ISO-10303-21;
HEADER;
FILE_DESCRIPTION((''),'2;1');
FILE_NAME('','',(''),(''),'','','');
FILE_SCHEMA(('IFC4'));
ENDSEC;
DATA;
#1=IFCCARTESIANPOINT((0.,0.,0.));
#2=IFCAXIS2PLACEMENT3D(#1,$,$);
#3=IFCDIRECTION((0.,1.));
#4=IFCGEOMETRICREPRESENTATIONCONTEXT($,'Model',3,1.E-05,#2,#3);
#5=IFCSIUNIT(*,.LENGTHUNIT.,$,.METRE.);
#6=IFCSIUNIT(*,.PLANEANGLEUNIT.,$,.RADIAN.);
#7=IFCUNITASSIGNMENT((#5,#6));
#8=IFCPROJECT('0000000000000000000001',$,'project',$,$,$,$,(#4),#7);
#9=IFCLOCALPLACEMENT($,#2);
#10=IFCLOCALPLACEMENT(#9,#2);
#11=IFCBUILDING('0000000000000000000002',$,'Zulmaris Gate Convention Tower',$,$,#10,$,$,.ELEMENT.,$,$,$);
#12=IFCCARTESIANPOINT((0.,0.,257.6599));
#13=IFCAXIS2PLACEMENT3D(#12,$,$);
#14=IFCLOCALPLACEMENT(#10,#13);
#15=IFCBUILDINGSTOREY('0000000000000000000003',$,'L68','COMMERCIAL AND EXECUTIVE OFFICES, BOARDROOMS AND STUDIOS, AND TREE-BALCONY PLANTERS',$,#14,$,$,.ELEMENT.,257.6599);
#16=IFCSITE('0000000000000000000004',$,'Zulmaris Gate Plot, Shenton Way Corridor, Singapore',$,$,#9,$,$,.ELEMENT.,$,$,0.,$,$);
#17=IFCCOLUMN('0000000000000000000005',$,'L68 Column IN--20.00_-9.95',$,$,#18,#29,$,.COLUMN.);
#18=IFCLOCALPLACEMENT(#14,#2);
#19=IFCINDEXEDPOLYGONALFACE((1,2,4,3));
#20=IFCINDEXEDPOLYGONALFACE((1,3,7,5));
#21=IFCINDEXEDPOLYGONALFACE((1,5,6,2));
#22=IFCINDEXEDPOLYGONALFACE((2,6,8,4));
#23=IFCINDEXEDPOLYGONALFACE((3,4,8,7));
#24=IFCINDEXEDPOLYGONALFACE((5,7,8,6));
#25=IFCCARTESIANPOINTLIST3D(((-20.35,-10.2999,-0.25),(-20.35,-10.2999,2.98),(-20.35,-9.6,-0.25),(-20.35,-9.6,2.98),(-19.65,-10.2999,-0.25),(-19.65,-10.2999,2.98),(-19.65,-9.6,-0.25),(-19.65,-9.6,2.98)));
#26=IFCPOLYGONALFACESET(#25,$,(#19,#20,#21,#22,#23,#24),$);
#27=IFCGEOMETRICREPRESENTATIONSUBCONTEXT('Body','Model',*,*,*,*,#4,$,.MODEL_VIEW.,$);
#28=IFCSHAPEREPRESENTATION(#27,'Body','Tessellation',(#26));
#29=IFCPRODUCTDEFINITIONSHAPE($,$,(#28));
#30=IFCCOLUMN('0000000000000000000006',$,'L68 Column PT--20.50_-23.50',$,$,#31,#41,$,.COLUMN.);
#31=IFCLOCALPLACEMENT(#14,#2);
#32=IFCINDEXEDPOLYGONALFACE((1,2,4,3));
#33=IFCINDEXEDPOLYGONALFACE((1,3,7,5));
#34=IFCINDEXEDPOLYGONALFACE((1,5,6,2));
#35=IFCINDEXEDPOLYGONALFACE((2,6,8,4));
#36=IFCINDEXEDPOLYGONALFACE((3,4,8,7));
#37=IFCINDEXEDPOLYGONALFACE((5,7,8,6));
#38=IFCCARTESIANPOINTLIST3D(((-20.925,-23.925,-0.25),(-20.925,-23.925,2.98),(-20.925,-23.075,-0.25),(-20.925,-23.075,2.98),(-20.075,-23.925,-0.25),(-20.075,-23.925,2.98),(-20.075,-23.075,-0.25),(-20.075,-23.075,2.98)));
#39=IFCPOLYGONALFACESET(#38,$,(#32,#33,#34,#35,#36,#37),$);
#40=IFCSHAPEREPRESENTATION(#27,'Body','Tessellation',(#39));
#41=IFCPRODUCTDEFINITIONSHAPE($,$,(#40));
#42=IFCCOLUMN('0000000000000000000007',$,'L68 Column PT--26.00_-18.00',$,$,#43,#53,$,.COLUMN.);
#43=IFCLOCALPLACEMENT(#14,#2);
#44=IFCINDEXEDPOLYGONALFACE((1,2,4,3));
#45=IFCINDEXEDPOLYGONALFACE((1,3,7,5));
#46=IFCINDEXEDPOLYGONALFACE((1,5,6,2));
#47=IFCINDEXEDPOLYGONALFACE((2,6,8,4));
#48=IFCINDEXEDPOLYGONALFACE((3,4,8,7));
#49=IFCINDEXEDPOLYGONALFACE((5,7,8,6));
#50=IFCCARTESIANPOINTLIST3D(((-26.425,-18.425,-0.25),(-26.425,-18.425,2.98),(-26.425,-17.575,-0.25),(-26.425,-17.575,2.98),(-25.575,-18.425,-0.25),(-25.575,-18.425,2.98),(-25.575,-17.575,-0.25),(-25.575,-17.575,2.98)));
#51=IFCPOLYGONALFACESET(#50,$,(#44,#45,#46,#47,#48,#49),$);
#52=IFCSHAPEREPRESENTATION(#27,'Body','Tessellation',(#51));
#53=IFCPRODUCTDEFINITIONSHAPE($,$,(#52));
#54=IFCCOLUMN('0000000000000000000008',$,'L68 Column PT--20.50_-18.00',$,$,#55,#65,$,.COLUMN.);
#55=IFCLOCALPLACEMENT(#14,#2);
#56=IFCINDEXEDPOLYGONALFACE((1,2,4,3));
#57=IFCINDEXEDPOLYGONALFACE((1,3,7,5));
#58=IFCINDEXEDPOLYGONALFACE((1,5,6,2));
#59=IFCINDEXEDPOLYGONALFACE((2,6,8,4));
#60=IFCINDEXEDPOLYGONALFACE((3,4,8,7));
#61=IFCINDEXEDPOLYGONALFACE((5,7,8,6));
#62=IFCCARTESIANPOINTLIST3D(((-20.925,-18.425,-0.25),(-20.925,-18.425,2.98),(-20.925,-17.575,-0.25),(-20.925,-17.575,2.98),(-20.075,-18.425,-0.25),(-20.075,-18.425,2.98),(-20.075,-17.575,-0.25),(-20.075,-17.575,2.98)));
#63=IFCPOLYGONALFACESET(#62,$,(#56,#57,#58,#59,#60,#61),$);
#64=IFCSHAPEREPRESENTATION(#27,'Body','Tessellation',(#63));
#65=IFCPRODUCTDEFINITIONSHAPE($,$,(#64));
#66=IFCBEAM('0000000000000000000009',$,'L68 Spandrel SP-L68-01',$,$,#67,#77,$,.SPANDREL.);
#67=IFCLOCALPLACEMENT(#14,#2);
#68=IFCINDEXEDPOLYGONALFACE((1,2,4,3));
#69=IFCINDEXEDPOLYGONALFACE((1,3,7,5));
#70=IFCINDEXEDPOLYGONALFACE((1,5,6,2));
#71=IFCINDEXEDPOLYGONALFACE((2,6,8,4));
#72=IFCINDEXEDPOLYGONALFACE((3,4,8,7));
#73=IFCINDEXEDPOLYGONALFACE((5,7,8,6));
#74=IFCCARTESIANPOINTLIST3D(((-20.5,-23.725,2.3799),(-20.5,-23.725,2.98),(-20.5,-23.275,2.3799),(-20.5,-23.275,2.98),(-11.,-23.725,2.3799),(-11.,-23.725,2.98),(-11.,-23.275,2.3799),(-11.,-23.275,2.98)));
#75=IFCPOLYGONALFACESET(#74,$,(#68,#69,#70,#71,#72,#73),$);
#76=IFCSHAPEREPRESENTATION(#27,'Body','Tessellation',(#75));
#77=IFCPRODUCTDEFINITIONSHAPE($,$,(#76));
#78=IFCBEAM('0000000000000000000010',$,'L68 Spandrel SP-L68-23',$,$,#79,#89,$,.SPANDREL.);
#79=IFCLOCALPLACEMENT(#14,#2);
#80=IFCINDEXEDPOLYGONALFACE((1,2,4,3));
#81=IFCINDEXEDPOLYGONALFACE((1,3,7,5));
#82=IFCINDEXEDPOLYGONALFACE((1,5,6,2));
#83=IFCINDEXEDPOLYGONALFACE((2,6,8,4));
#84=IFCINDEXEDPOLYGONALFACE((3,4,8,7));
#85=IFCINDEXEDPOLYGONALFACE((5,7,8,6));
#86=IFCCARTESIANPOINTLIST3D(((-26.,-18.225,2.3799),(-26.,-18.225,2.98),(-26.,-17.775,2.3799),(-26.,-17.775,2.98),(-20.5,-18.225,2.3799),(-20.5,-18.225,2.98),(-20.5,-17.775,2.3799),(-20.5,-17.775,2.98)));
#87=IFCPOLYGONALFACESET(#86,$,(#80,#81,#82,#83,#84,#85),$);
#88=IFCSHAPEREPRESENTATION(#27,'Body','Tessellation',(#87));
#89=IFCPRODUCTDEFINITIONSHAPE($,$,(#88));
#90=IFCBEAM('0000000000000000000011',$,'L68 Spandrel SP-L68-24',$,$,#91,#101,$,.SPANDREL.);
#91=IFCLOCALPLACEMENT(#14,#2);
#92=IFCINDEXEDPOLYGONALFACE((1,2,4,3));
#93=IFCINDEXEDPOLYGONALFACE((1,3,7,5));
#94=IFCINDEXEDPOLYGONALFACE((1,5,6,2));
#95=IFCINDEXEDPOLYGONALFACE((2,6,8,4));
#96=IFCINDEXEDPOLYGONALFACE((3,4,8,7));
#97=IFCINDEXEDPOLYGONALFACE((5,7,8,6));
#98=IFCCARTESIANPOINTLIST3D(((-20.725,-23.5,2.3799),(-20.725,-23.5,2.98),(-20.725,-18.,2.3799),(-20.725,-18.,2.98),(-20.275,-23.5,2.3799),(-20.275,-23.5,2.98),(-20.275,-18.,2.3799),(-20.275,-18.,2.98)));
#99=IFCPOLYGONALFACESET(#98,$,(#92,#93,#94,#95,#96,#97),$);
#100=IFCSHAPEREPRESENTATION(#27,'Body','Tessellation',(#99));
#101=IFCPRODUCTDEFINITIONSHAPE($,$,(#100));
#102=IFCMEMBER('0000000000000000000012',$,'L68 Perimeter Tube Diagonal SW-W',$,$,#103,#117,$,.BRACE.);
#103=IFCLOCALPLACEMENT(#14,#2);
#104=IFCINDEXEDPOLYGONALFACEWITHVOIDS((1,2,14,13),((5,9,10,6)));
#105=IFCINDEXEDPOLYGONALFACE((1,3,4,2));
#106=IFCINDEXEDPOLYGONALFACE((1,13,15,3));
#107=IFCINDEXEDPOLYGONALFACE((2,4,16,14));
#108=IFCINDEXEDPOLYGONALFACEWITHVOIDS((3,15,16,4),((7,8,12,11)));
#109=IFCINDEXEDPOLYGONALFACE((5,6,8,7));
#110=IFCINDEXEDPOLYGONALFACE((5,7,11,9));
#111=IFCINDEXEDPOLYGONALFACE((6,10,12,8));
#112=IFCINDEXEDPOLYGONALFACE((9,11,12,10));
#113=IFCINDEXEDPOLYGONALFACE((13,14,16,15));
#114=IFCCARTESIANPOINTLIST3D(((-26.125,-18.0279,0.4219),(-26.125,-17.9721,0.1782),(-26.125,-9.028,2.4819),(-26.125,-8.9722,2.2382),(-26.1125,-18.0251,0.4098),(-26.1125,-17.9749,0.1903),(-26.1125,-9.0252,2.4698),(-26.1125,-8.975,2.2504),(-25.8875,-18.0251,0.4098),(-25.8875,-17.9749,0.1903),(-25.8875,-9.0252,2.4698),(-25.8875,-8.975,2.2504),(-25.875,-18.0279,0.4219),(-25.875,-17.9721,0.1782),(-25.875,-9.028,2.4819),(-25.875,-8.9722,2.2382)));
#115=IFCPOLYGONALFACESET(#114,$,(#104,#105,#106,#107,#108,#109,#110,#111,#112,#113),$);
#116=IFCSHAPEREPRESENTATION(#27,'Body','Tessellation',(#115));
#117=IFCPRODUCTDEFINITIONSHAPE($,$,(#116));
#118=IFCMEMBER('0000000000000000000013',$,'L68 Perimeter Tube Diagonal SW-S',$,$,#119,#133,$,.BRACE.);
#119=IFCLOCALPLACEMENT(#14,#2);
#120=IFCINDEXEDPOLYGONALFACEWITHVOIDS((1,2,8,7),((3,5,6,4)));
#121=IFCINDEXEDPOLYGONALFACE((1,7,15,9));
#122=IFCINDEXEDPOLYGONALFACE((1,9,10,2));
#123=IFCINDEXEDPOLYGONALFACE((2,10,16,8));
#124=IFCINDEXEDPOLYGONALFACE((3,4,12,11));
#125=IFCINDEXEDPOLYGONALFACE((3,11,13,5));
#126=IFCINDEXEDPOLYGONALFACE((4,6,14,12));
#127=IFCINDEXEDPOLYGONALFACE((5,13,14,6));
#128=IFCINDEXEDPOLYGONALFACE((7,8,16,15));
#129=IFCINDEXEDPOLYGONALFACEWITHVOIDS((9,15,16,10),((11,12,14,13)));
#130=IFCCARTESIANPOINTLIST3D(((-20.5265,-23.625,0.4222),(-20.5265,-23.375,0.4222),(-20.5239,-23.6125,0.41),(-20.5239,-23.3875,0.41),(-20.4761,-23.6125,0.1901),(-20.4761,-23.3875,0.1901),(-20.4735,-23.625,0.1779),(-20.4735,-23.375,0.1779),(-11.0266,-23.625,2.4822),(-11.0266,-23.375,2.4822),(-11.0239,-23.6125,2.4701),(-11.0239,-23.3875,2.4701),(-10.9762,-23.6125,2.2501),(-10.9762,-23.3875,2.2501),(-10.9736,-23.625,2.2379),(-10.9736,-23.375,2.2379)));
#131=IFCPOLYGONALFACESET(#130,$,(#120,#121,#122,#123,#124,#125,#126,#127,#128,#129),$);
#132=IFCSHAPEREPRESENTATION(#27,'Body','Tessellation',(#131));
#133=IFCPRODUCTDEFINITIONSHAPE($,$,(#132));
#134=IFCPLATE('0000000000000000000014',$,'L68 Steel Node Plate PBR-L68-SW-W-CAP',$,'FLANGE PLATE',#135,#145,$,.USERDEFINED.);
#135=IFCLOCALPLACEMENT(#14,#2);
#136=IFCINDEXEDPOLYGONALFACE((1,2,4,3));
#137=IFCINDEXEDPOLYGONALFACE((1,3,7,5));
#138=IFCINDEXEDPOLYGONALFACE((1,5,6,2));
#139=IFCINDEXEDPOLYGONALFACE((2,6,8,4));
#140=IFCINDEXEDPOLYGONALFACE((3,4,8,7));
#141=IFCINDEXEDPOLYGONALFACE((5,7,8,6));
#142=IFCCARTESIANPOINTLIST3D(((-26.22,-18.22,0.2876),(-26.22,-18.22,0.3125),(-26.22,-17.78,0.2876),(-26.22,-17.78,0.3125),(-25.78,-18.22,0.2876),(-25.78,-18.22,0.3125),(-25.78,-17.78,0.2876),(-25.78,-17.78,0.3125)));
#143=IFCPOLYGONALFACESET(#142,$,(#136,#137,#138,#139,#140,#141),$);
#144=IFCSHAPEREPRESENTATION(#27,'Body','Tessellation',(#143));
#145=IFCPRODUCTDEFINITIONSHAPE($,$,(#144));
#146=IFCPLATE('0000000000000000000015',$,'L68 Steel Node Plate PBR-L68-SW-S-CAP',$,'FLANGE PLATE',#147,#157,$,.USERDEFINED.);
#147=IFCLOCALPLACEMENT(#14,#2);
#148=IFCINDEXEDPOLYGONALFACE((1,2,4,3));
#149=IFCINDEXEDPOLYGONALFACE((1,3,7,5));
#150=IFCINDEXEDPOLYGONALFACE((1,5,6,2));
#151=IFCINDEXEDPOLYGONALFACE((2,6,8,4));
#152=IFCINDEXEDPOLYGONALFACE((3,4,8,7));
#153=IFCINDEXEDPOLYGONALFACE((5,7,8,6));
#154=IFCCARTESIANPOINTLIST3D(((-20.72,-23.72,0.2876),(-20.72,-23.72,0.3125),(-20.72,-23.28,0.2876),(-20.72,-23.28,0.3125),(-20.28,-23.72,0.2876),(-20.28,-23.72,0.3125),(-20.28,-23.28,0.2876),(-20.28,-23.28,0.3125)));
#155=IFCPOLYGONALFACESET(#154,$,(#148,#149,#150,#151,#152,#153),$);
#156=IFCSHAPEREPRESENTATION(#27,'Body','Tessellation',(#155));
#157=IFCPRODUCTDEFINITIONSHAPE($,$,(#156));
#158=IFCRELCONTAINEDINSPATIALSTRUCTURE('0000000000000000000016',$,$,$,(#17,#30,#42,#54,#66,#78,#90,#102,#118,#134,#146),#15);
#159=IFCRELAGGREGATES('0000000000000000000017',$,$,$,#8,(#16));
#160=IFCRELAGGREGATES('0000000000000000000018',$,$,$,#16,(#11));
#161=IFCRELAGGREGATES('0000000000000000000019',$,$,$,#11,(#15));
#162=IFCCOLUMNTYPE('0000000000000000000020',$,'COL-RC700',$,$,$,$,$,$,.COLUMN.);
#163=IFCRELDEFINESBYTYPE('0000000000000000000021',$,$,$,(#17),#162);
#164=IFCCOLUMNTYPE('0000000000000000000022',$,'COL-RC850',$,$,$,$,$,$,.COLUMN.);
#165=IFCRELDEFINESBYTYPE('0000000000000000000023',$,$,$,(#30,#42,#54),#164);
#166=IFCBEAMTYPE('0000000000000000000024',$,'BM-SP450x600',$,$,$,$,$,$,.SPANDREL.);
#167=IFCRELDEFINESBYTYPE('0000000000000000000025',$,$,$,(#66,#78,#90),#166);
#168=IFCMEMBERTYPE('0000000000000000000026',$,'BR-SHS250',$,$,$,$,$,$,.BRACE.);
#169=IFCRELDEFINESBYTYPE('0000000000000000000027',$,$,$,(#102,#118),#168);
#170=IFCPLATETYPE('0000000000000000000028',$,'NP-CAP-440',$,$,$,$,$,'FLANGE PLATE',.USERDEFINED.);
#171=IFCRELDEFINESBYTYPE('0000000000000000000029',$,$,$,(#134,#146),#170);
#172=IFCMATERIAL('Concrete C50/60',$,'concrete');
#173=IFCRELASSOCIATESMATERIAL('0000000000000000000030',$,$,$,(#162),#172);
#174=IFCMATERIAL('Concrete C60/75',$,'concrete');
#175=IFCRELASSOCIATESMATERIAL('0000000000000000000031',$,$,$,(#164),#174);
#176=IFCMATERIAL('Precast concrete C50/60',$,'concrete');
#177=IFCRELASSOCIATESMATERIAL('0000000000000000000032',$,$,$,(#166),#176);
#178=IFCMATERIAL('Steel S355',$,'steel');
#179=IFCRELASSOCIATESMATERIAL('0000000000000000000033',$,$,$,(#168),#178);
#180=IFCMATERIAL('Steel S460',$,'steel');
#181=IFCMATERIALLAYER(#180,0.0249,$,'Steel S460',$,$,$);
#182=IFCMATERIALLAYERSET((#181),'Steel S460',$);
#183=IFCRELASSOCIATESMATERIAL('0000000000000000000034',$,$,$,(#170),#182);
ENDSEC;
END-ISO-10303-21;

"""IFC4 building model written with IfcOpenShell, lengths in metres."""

from ifc_helpers import new_model, si_unit, direction, frame, origin, origin_2d, place, context, subcontext, project, spatial, rectangle, hollow_rectangle, extrude, material, layer, layer_set, material_profile, profile_set, type_object, element, save


model = new_model("IFC4")

# Units and contexts
model_context = context("Model", 3, precision=1e-05, world=origin(), true_north=direction((0.0, 1.0)))
body_context = subcontext(model_context, "Body", "Model", "MODEL_VIEW")
ifc_project = project(units=[si_unit("LENGTHUNIT", "METRE"), si_unit("PLANEANGLEUNIT", "RADIAN")], contexts=[model_context])

# Site, building, storey
site_placement = place(None, origin())
site = spatial("IfcSite", under=ifc_project, at=site_placement, Name="Zulmaris Gate Plot, Shenton Way Corridor, Singapore", CompositionType="ELEMENT", RefElevation=0.0)
building_placement = place(site_placement, origin())
building = spatial("IfcBuilding", under=site, at=building_placement, Name="Zulmaris Gate Convention Tower", CompositionType="ELEMENT")
storey_placement = place(building_placement, frame((0.0, 0.0, 257.6599)))
storey = spatial("IfcBuildingStorey", under=building, at=storey_placement, Name="L68", Description="COMMERCIAL AND EXECUTIVE OFFICES, BOARDROOMS AND STUDIOS, AND TREE-BALCONY PLANTERS", CompositionType="ELEMENT", Elevation=257.6599)

# Columns
ifc_material_1 = material(Name="Concrete C50/60", Category="concrete")
ifc_material_profile_1 = material_profile(ifc_material_1, rectangle(XDim=0.7, YDim=0.7, at=origin_2d()), Name="RC COL 700x700")
ifc_profile_set_1 = profile_set([ifc_material_profile_1], Name="Concrete C50/60")
column_type_1 = type_object("IfcColumnType", Name="COL-RC700", PredefinedType="COLUMN", material=ifc_profile_set_1)
column_placement = place(storey_placement, frame((-20.0, -9.95, -0.25), z_axis=(0.0, 0.0, 1.0), x_axis=(1.0, 0.0, 0.0)))
element("IfcColumn", 1, at=column_placement, inside=storey, type_object=column_type_1, Name="L68 Column IN--20.00_-9.95", PredefinedType="COLUMN", context=body_context, shape_type="SweptSolid", body=[
    extrude(rectangle(XDim=0.7, YDim=0.7, at=origin_2d()), origin(), (0.0, 0.0, 1.0), 3.23),
])
ifc_material_2 = material(Name="Concrete C60/75", Category="concrete")
ifc_material_profile_2 = material_profile(ifc_material_2, rectangle(XDim=0.8501, YDim=0.8501, at=origin_2d()), Name="RC COL 850x850")
ifc_profile_set_2 = profile_set([ifc_material_profile_2], Name="Concrete C60/75")
column_type_2 = type_object("IfcColumnType", Name="COL-RC850", PredefinedType="COLUMN", material=ifc_profile_set_2)
for number, where, z_axis, x_axis, name in (
    (2, (-20.5, -23.5, -0.25), (0.0, 0.0, 1.0), (1.0, 0.0, 0.0), "L68 Column PT--20.50_-23.50"),
    (3, (-26.0, -18.0, -0.25), (0.0, 0.0, 1.0), (1.0, 0.0, 0.0), "L68 Column PT--26.00_-18.00"),
    (4, (-20.5, -18.0, -0.25), (0.0, 0.0, 1.0), (1.0, 0.0, 0.0), "L68 Column PT--20.50_-18.00"),
):
    element("IfcColumn", number, at=place(storey_placement, frame(where, z_axis=z_axis, x_axis=x_axis)), inside=storey, type_object=column_type_2, Name=name, PredefinedType="COLUMN", context=body_context, shape_type="SweptSolid", body=[
        extrude(rectangle(XDim=0.8501, YDim=0.8501, at=origin_2d()), origin(), (0.0, 0.0, 1.0), 3.23),
    ])

# Beams
ifc_material_3 = material(Name="Precast concrete C50/60", Category="concrete")
ifc_material_profile_3 = material_profile(ifc_material_3, rectangle(XDim=0.45, YDim=0.6001, at=origin_2d()), Name="RC SPANDREL 450x600")
ifc_profile_set_3 = profile_set([ifc_material_profile_3], Name="Precast concrete C50/60")
beam_type = type_object("IfcBeamType", Name="BM-SP450x600", PredefinedType="SPANDREL", material=ifc_profile_set_3)
beam_placement = place(storey_placement, frame((-20.5, -23.5, 2.6799), z_axis=(1.0, 0.0, 0.0), x_axis=(0.0, 1.0, 0.0)))
element("IfcBeam", 5, at=beam_placement, inside=storey, type_object=beam_type, Name="L68 Spandrel SP-L68-01", PredefinedType="SPANDREL", context=body_context, shape_type="SweptSolid", body=[
    extrude(rectangle(XDim=0.45, YDim=0.6001, at=origin_2d()), origin(), (0.0, 0.0, 1.0), 9.5),
])
for number, where, z_axis, x_axis, name in (
    (6, (-26.0, -18.0, 2.6799), (1.0, 0.0, 0.0), (0.0, 1.0, 0.0), "L68 Spandrel SP-L68-23"),
    (7, (-20.5, -18.0, 2.6799), (0.0, -1.0, 0.0), (1.0, 0.0, 0.0), "L68 Spandrel SP-L68-24"),
):
    element("IfcBeam", number, at=place(storey_placement, frame(where, z_axis=z_axis, x_axis=x_axis)), inside=storey, type_object=beam_type, Name=name, PredefinedType="SPANDREL", context=body_context, shape_type="SweptSolid", body=[
        extrude(rectangle(XDim=0.45, YDim=0.6001, at=origin_2d()), origin(), (0.0, 0.0, 1.0), 5.5),
    ])

# Members
ifc_material_4 = material(Name="Steel S355", Category="steel")
ifc_material_profile_4 = material_profile(ifc_material_4, hollow_rectangle(XDim=0.25, YDim=0.25, WallThickness=0.0125, at=origin_2d()), Name="SHS 250x250x12.5")
ifc_profile_set_4 = profile_set([ifc_material_profile_4], Name="Steel S355")
member_type = type_object("IfcMemberType", Name="BR-SHS250", PredefinedType="BRACE", material=ifc_profile_set_4)
member_1_placement = place(storey_placement, frame((-26.0, -18.0, 0.3), z_axis=(0.0, 0.97479, 0.223125), x_axis=(-1.0, 0.0, 0.0)))
element("IfcMember", 8, at=member_1_placement, inside=storey, type_object=member_type, Name="L68 Perimeter Tube Diagonal SW-W", PredefinedType="BRACE", context=body_context, shape_type="SweptSolid", body=[
    extrude(hollow_rectangle(XDim=0.25, YDim=0.25, WallThickness=0.0125, at=origin_2d()), origin(), (0.0, 0.0, 1.0), 9.2327),
])
member_2_placement = place(storey_placement, frame((-20.5, -23.5, 0.3), z_axis=(0.977286, 0.0, 0.211923), x_axis=(0.0, 1.0, 0.0)))
element("IfcMember", 9, at=member_2_placement, inside=storey, type_object=member_type, Name="L68 Perimeter Tube Diagonal SW-S", PredefinedType="BRACE", context=body_context, shape_type="SweptSolid", body=[
    extrude(hollow_rectangle(XDim=0.25, YDim=0.25, WallThickness=0.0125, at=origin_2d()), origin(), (0.0, 0.0, 1.0), 9.7207),
])

# Plates
ifc_material_5 = material(Name="Steel S460", Category="steel")
ifc_layer_1 = layer(ifc_material_5, 0.0249, Name="Steel S460")
ifc_layer_set_1 = layer_set([ifc_layer_1], Name="Steel S460")
plate_type = type_object("IfcPlateType", Name="NP-CAP-440", ElementType="FLANGE PLATE", PredefinedType="USERDEFINED", material=ifc_layer_set_1)
for number, where, z_axis, x_axis, name in (
    (10, (-26.0, -18.0, 0.2876), (0.0, 0.0, 1.0), (1.0, 0.0, 0.0), "L68 Steel Node Plate PBR-L68-SW-W-CAP"),
    (11, (-20.5, -23.5, 0.2876), (0.0, 0.0, 1.0), (1.0, 0.0, 0.0), "L68 Steel Node Plate PBR-L68-SW-S-CAP"),
):
    element("IfcPlate", number, at=place(storey_placement, frame(where, z_axis=z_axis, x_axis=x_axis)), inside=storey, type_object=plate_type, Name=name, ObjectType="FLANGE PLATE", PredefinedType="USERDEFINED", context=body_context, shape_type="SweptSolid", body=[
        extrude(rectangle(XDim=0.4399, YDim=0.4399, at=origin_2d()), origin(), (0.0, 0.0, 1.0), 0.0249),
    ])

save(model, "model.ifc")
